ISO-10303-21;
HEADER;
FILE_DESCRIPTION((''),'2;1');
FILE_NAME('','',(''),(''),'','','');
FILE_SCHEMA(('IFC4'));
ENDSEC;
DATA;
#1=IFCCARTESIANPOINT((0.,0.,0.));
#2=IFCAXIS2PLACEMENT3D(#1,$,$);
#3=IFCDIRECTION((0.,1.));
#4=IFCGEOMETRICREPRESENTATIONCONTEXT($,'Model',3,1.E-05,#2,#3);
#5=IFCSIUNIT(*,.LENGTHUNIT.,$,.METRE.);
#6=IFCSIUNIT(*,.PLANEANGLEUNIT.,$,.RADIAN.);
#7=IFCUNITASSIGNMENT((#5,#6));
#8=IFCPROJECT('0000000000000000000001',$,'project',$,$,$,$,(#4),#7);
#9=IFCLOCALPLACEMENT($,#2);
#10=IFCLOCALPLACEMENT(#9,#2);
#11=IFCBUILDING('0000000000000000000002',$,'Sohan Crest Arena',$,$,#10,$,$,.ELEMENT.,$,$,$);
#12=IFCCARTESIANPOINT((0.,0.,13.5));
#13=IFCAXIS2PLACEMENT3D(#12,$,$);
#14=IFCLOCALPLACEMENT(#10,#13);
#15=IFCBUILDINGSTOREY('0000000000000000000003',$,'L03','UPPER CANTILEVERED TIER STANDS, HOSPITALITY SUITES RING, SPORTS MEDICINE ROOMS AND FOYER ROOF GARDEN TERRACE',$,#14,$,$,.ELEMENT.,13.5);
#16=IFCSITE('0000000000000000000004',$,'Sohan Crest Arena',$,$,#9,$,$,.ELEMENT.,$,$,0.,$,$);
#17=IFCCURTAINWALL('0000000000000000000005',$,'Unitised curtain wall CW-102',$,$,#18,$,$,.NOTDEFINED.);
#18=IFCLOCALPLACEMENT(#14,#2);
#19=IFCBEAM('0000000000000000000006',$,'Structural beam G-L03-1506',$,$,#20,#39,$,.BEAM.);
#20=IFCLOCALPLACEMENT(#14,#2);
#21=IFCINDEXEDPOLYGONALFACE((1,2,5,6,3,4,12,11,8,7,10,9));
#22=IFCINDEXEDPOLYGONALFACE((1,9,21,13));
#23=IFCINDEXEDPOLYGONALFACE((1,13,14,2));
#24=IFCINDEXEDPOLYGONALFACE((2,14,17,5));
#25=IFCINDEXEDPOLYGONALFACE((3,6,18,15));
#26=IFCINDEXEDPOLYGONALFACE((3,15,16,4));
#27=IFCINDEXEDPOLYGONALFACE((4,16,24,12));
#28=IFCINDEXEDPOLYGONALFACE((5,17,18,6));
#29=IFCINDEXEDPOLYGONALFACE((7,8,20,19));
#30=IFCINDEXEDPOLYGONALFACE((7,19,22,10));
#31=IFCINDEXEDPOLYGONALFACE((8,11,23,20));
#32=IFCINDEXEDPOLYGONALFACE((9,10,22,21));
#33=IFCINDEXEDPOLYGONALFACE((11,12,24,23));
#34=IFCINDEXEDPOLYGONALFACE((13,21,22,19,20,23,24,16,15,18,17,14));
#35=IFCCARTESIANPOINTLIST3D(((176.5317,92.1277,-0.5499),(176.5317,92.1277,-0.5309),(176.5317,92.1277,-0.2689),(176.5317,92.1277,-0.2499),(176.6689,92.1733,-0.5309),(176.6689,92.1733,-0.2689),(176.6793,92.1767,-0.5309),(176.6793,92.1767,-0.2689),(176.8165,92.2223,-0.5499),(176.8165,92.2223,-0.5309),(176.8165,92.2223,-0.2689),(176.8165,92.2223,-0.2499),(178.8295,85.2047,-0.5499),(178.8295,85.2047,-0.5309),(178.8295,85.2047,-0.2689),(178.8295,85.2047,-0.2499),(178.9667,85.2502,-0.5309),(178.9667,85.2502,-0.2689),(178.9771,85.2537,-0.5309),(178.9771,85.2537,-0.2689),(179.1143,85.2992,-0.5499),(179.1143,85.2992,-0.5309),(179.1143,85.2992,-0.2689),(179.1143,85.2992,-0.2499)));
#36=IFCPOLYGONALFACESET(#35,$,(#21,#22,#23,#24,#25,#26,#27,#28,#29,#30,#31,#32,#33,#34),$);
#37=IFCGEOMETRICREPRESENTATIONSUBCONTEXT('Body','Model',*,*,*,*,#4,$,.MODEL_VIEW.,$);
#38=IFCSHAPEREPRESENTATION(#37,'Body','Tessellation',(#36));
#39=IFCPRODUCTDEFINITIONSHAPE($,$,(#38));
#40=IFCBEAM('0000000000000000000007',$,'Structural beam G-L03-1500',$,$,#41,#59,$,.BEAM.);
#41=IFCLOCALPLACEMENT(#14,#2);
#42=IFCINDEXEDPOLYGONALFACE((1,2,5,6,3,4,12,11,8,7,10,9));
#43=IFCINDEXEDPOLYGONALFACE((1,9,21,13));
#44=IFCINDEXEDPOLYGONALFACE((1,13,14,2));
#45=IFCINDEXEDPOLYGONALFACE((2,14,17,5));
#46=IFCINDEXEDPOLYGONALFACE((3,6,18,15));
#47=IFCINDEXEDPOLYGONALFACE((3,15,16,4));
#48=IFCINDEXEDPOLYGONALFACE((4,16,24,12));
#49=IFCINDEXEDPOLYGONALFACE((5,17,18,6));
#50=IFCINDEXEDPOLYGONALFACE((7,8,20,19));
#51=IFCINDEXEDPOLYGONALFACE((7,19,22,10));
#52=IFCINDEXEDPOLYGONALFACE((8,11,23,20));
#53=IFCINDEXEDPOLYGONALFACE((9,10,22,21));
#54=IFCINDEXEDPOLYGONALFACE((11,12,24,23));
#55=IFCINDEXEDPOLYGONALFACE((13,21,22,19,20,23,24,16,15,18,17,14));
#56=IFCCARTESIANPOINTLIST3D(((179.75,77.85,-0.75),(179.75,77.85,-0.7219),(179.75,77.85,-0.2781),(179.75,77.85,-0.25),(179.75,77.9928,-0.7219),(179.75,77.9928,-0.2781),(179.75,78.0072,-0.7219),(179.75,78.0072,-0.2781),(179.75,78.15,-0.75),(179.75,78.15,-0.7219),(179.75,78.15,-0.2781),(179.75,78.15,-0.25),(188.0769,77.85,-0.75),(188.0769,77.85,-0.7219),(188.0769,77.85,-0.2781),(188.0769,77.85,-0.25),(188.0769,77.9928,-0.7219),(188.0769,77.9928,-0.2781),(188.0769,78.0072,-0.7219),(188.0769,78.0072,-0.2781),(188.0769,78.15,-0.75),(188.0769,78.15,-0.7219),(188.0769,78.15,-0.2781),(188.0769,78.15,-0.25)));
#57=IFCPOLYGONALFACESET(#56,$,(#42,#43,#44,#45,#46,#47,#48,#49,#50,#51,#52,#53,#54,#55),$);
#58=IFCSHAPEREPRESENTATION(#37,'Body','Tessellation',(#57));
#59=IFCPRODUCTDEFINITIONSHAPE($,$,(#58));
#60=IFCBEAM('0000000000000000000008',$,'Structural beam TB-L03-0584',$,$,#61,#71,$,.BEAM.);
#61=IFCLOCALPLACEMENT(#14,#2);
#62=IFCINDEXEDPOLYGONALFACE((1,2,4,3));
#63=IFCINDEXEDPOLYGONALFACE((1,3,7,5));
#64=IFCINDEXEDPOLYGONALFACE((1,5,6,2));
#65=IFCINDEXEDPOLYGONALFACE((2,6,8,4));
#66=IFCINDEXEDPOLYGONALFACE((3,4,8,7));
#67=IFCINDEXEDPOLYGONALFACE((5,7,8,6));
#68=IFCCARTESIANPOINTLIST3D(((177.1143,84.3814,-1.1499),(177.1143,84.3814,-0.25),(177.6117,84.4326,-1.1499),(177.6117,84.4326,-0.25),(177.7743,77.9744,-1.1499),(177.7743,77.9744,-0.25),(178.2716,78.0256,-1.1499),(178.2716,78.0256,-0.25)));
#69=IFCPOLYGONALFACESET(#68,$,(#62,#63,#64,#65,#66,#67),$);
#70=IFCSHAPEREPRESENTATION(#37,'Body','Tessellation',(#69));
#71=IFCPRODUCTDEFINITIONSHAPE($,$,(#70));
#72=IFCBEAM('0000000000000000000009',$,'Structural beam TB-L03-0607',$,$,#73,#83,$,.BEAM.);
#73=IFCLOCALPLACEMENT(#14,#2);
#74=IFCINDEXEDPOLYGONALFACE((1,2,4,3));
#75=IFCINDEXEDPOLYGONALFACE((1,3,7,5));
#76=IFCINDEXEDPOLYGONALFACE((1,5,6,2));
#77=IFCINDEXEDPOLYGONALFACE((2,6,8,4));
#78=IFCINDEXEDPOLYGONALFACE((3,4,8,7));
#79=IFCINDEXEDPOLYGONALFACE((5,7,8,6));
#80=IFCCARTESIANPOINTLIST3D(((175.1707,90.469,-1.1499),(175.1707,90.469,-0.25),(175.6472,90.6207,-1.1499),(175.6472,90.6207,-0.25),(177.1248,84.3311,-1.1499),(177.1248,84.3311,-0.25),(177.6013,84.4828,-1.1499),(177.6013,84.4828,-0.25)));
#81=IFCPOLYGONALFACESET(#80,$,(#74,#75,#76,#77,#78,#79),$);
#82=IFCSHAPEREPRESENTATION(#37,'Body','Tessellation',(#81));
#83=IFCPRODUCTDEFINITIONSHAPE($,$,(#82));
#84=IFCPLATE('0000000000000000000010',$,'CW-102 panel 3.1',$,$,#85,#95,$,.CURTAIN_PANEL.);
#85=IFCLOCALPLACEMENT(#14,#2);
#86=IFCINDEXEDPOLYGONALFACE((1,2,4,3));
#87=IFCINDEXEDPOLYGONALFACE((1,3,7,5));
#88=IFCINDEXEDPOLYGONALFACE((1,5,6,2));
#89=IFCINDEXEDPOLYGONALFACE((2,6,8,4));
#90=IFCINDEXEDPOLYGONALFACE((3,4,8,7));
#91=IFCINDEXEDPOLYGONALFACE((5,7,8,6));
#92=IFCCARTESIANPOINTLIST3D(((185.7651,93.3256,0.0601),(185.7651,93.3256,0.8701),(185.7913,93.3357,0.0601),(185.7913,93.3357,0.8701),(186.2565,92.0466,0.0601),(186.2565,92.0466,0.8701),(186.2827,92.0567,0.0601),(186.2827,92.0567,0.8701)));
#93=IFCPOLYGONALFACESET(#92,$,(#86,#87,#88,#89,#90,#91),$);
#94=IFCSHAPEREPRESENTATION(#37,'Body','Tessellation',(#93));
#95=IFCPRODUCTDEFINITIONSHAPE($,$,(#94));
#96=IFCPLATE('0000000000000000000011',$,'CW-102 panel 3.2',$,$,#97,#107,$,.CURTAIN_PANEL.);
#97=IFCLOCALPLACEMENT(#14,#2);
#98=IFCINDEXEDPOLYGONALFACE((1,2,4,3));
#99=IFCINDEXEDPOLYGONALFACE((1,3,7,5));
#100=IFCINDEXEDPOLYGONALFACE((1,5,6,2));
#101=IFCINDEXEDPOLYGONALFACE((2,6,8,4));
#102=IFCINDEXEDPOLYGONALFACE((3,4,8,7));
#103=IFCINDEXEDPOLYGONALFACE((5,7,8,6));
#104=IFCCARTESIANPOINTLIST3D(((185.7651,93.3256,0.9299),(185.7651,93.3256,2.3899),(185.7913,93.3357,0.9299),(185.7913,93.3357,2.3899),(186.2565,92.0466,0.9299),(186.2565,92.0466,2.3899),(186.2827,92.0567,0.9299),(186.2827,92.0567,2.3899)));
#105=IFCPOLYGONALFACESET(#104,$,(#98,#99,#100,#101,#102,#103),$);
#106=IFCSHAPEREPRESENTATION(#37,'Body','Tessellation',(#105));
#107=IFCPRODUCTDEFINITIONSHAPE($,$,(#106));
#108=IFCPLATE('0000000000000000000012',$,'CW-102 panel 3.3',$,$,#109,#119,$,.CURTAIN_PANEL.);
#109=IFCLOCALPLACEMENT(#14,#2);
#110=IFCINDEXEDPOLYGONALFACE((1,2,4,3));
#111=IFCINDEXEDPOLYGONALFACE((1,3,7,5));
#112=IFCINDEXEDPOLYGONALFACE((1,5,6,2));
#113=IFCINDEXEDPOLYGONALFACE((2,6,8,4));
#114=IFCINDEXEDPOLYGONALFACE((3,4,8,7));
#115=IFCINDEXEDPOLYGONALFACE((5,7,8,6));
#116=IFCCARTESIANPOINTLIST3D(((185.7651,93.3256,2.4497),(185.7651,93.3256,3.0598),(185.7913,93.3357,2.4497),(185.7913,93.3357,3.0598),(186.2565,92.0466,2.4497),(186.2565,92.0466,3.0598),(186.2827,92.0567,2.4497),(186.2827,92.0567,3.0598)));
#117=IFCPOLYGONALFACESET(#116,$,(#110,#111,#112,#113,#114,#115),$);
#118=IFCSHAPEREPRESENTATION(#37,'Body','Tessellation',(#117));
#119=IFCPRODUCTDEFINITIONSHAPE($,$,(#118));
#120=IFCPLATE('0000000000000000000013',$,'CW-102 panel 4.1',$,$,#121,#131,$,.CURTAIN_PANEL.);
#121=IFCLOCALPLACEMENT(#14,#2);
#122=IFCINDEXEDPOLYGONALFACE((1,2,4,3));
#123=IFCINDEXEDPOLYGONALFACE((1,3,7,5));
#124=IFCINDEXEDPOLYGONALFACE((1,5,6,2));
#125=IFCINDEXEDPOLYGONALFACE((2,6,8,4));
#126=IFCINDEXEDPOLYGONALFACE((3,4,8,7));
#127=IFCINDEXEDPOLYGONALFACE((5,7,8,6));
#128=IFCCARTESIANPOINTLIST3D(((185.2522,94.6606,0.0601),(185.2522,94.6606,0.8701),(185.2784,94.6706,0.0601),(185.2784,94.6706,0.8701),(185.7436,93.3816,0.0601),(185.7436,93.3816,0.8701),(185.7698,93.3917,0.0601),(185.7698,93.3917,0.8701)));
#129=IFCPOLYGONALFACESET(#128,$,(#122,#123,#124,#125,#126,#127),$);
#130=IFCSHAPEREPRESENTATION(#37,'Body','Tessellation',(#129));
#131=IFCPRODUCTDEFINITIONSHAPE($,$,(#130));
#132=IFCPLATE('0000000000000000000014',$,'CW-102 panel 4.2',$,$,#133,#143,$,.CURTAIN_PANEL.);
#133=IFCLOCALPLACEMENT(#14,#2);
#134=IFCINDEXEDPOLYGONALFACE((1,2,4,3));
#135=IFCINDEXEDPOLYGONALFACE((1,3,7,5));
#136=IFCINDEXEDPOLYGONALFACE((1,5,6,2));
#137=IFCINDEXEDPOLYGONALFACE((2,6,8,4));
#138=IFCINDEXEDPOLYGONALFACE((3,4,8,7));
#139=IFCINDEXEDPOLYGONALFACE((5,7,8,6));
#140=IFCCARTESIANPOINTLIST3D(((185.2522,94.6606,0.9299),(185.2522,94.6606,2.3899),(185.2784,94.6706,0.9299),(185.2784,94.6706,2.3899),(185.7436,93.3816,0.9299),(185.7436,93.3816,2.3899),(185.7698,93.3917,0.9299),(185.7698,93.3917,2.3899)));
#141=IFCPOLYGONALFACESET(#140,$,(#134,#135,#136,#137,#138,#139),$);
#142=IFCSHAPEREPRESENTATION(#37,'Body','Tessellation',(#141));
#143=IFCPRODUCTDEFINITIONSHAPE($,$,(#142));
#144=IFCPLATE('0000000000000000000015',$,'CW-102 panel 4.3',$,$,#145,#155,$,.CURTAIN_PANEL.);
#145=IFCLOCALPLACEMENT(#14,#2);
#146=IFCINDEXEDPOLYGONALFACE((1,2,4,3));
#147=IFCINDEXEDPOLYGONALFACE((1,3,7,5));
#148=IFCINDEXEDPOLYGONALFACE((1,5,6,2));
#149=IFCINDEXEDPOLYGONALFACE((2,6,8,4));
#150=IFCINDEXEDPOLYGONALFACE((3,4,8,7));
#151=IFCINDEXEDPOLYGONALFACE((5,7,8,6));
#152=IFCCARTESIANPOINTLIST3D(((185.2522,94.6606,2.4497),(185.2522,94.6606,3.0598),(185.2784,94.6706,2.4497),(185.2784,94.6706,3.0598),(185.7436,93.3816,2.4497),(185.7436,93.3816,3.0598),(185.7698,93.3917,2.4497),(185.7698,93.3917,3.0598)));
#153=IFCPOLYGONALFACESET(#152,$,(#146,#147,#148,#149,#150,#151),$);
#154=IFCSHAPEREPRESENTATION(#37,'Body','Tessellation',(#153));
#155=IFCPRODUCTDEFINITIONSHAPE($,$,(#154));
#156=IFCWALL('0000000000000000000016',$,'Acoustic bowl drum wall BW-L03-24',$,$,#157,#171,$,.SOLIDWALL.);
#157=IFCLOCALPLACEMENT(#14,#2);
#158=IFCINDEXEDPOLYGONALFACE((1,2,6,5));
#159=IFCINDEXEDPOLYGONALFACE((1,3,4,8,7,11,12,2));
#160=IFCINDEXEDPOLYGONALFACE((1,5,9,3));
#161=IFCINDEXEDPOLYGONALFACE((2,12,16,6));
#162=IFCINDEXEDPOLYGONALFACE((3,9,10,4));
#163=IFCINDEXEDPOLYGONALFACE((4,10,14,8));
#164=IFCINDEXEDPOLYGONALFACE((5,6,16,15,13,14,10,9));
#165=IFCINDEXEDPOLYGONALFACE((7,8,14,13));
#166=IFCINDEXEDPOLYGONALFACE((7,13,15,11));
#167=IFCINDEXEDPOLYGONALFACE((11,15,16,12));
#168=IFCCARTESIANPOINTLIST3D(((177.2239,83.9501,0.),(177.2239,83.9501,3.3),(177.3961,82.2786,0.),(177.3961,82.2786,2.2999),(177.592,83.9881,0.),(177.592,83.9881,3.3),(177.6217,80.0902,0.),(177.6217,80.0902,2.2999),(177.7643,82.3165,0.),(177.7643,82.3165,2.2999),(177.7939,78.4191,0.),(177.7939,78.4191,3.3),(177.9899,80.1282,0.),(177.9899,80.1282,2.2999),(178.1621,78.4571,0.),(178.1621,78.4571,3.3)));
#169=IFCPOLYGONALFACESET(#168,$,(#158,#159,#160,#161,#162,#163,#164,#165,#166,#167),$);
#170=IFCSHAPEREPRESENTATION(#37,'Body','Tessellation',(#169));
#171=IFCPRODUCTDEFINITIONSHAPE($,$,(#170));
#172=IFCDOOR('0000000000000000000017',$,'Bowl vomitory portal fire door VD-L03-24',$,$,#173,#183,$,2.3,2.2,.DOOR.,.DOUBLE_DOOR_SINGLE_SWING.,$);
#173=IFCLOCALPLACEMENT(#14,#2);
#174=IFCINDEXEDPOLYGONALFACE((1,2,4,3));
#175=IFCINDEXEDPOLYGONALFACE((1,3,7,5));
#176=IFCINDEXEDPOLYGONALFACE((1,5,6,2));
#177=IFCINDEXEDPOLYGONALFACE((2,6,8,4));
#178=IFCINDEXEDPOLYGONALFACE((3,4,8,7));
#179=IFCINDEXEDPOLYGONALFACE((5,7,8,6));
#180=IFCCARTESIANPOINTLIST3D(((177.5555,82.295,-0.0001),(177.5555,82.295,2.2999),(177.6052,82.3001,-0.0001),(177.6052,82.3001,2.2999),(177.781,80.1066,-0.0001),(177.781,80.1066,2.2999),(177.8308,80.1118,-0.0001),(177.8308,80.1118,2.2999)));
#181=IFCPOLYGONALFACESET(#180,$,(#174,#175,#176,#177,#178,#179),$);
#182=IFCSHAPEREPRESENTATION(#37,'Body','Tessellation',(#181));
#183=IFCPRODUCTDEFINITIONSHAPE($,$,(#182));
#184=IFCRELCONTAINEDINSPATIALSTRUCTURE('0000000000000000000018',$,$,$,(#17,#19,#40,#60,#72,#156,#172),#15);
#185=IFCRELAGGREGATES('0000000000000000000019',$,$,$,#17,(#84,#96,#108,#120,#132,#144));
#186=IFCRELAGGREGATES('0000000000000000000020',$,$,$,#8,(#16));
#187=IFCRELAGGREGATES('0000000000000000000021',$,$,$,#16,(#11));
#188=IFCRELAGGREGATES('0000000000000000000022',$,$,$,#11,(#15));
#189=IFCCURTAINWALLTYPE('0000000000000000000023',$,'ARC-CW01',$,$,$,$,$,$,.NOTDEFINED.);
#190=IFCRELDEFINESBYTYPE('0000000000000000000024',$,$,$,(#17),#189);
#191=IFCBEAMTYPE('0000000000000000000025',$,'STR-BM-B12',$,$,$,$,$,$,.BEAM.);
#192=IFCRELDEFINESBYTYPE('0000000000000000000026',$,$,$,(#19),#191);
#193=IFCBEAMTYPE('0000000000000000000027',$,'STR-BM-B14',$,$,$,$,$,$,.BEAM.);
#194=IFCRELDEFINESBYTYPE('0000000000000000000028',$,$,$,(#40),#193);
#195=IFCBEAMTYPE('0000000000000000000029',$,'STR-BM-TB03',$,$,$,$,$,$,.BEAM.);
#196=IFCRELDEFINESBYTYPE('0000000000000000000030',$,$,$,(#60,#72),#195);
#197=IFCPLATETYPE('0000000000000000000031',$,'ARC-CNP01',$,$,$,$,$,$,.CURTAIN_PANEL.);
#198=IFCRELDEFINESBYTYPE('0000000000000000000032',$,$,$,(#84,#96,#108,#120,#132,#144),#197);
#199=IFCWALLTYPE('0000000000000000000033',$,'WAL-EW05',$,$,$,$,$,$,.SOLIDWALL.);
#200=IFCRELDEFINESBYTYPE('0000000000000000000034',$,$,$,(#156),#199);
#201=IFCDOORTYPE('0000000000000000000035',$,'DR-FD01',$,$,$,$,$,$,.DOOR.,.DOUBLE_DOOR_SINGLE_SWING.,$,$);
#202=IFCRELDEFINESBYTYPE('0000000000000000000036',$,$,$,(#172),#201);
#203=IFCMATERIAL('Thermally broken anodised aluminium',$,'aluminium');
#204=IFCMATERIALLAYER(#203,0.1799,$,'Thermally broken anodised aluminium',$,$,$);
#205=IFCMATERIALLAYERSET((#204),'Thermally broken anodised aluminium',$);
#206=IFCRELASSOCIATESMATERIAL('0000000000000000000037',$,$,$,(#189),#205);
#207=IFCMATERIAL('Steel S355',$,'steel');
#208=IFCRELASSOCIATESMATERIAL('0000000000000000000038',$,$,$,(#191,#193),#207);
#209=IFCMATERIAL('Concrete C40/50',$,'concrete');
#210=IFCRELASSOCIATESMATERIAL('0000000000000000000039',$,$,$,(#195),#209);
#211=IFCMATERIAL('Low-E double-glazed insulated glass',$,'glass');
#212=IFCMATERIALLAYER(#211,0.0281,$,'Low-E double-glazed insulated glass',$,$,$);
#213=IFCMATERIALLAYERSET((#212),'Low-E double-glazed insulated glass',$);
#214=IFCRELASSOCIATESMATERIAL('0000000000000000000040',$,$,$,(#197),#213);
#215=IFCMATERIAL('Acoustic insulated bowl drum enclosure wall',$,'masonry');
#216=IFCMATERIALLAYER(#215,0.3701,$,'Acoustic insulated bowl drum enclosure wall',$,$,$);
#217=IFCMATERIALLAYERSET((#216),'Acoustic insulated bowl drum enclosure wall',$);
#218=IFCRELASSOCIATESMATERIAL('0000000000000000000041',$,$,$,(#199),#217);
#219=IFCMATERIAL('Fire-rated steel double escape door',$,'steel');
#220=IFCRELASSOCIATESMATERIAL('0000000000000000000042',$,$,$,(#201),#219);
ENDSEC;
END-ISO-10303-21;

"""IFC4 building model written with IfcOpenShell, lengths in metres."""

from ifc_helpers import new_model, si_unit, direction, frame, frame_2d, origin, origin_2d, place, context, subcontext, project, spatial, rectangle, i_section, extrude, material, layer, layer_set, material_profile, profile_set, type_object, element, fill, aggregate, save


model = new_model("IFC4")

# Units and contexts
model_context = context("Model", 3, precision=1e-05, world=origin(), true_north=direction((0.0, 1.0)))
body_context = subcontext(model_context, "Body", "Model", "MODEL_VIEW")
ifc_project = project(units=[si_unit("LENGTHUNIT", "METRE"), si_unit("PLANEANGLEUNIT", "RADIAN")], contexts=[model_context])

# Site, building, storey
site_placement = place(None, origin())
site = spatial("IfcSite", under=ifc_project, at=site_placement, Name="Sohan Crest Arena", CompositionType="ELEMENT", RefElevation=0.0)
building_placement = place(site_placement, origin())
building = spatial("IfcBuilding", under=site, at=building_placement, Name="Sohan Crest Arena", CompositionType="ELEMENT")
storey_placement = place(building_placement, frame((0.0, 0.0, 13.5)))
storey = spatial("IfcBuildingStorey", under=building, at=storey_placement, Name="L03", Description="UPPER CANTILEVERED TIER STANDS, HOSPITALITY SUITES RING, SPORTS MEDICINE ROOMS AND FOYER ROOF GARDEN TERRACE", CompositionType="ELEMENT", Elevation=13.5)

# Shared definitions
ifc_material_1 = material(Name="Concrete C40/50", Category="concrete")
ifc_material_2 = material(Name="Steel S355", Category="steel")

# Curtain wall
ifc_material_3 = material(Name="Thermally broken anodised aluminium", Category="aluminium")
ifc_layer_1 = layer(ifc_material_3, 0.1799, Name="Thermally broken anodised aluminium")
ifc_layer_set_1 = layer_set([ifc_layer_1], Name="Thermally broken anodised aluminium")
curtain_wall_type = type_object("IfcCurtainWallType", Name="ARC-CW01", PredefinedType="NOTDEFINED", material=ifc_layer_set_1)
curtain_wall_placement = place(storey_placement, origin())
curtain_wall = element("IfcCurtainWall", 1, at=curtain_wall_placement, inside=storey, type_object=curtain_wall_type, Name="Unitised curtain wall CW-102", PredefinedType="NOTDEFINED")

# Beams
ifc_material_profile_1 = material_profile(ifc_material_2, i_section(OverallWidth=0.3, OverallDepth=0.3, WebThickness=0.011, FlangeThickness=0.019, at=origin_2d()), Name="HEB 300")
ifc_profile_set_1 = profile_set([ifc_material_profile_1], Name="Steel S355")
beam_type_1 = type_object("IfcBeamType", Name="STR-BM-B12", PredefinedType="BEAM", material=ifc_profile_set_1)
beam_1_placement = place(storey_placement, frame((178.9719, 85.252, -0.3999), z_axis=(-0.315013, 0.949087, 0.0), x_axis=(-0.949087, -0.315013, 0.0)))
element("IfcBeam", 2, at=beam_1_placement, inside=storey, type_object=beam_type_1, Name="Structural beam G-L03-1506", PredefinedType="BEAM", context=body_context, shape_type="SweptSolid", body=[
    extrude(i_section(OverallWidth=0.3, OverallDepth=0.3, WebThickness=0.011, FlangeThickness=0.019, at=origin_2d()), origin(), (0.0, 0.0, 1.0), 7.2944),
])
ifc_material_profile_2 = material_profile(ifc_material_2, i_section(OverallWidth=0.3, OverallDepth=0.5, WebThickness=0.0144, FlangeThickness=0.0281, at=origin_2d()), Name="HEB 500")
ifc_profile_set_2 = profile_set([ifc_material_profile_2], Name="Steel S355")
beam_type_2 = type_object("IfcBeamType", Name="STR-BM-B14", PredefinedType="BEAM", material=ifc_profile_set_2)
beam_2_placement = place(storey_placement, frame((179.75, 78.0, -0.5), z_axis=(1.0, 0.0, 0.0), x_axis=(0.0, 1.0, 0.0)))
element("IfcBeam", 3, at=beam_2_placement, inside=storey, type_object=beam_type_2, Name="Structural beam G-L03-1500", PredefinedType="BEAM", context=body_context, shape_type="SweptSolid", body=[
    extrude(i_section(OverallWidth=0.3, OverallDepth=0.5, WebThickness=0.0144, FlangeThickness=0.0281, at=origin_2d()), origin(), (0.0, 0.0, 1.0), 8.3269),
])
ifc_material_profile_3 = material_profile(ifc_material_1, rectangle(XDim=0.5, YDim=0.8999, at=origin_2d()), Name="RC-BM 500x900")
ifc_profile_set_3 = profile_set([ifc_material_profile_3], Name="Concrete C40/50")
beam_type_3 = type_object("IfcBeamType", Name="STR-BM-TB03", PredefinedType="BEAM", material=ifc_profile_set_3)
beam_3_placement = place(storey_placement, frame((178.0229, 78.0, -0.7), z_axis=(-0.102457, 0.994737, 0.0), x_axis=(-0.994737, -0.102457, 0.0)))
element("IfcBeam", 4, at=beam_3_placement, inside=storey, type_object=beam_type_3, Name="Structural beam TB-L03-0584", PredefinedType="BEAM", context=body_context, shape_type="SweptSolid", body=[
    extrude(rectangle(XDim=0.5, YDim=0.8999, at=origin_2d()), origin(), (0.0, 0.0, 1.0), 6.4409),
])
beam_4_placement = place(storey_placement, frame((177.363, 84.407, -0.7), z_axis=(-0.303362, 0.952875, 0.0), x_axis=(-0.952875, -0.303362, 0.0)))
element("IfcBeam", 5, at=beam_4_placement, inside=storey, type_object=beam_type_3, Name="Structural beam TB-L03-0607", PredefinedType="BEAM", context=body_context, shape_type="SweptSolid", body=[
    extrude(rectangle(XDim=0.5, YDim=0.8999, at=origin_2d()), origin(), (0.0, 0.0, 1.0), 6.4414),
])

# Plates
ifc_material_4 = material(Name="Low-E double-glazed insulated glass", Category="glass")
ifc_layer_2 = layer(ifc_material_4, 0.0281, Name="Low-E double-glazed insulated glass")
ifc_layer_set_2 = layer_set([ifc_layer_2], Name="Low-E double-glazed insulated glass")
plate_type = type_object("IfcPlateType", Name="ARC-CNP01", PredefinedType="CURTAIN_PANEL", material=ifc_layer_set_2)
plate_1_placement = place(storey_placement, frame((186.0239, 92.6912, 0.0601), z_axis=(0.0, 0.0, 1.0), x_axis=(-0.358651, 0.933472, 0.0)))
plate_1 = element("IfcPlate", 6, at=plate_1_placement, type_object=plate_type, Name="CW-102 panel 3.1", PredefinedType="CURTAIN_PANEL", context=body_context, shape_type="SweptSolid", body=[
    extrude(rectangle(XDim=1.3701, YDim=0.0281, at=origin_2d()), origin(), (0.0, 0.0, 1.0), 0.8101),
])
plate_2_placement = place(storey_placement, frame((186.0239, 92.6912, 0.9299), z_axis=(0.0, 0.0, 1.0), x_axis=(-0.358651, 0.933472, 0.0)))
plate_2 = element("IfcPlate", 7, at=plate_2_placement, type_object=plate_type, Name="CW-102 panel 3.2", PredefinedType="CURTAIN_PANEL", context=body_context, shape_type="SweptSolid", body=[
    extrude(rectangle(XDim=1.3701, YDim=0.0281, at=origin_2d()), origin(), (0.0, 0.0, 1.0), 1.46),
])
plate_3_placement = place(storey_placement, frame((186.0239, 92.6912, 2.4497), z_axis=(0.0, 0.0, 1.0), x_axis=(-0.358651, 0.933472, 0.0)))
plate_3 = element("IfcPlate", 8, at=plate_3_placement, type_object=plate_type, Name="CW-102 panel 3.3", PredefinedType="CURTAIN_PANEL", context=body_context, shape_type="SweptSolid", body=[
    extrude(rectangle(XDim=1.3701, YDim=0.0281, at=origin_2d()), origin(), (0.0, 0.0, 1.0), 0.6101),
])
plate_4_placement = place(storey_placement, frame((185.511, 94.0261, 0.0601), z_axis=(0.0, 0.0, 1.0), x_axis=(-0.358651, 0.933472, 0.0)))
plate_4 = element("IfcPlate", 9, at=plate_4_placement, type_object=plate_type, Name="CW-102 panel 4.1", PredefinedType="CURTAIN_PANEL", context=body_context, shape_type="SweptSolid", body=[
    extrude(rectangle(XDim=1.3701, YDim=0.0281, at=origin_2d()), origin(), (0.0, 0.0, 1.0), 0.8101),
])
plate_5_placement = place(storey_placement, frame((185.511, 94.0261, 0.9299), z_axis=(0.0, 0.0, 1.0), x_axis=(-0.358651, 0.933472, 0.0)))
plate_5 = element("IfcPlate", 10, at=plate_5_placement, type_object=plate_type, Name="CW-102 panel 4.2", PredefinedType="CURTAIN_PANEL", context=body_context, shape_type="SweptSolid", body=[
    extrude(rectangle(XDim=1.3701, YDim=0.0281, at=origin_2d()), origin(), (0.0, 0.0, 1.0), 1.46),
])
plate_6_placement = place(storey_placement, frame((185.511, 94.0261, 2.4497), z_axis=(0.0, 0.0, 1.0), x_axis=(-0.358651, 0.933472, 0.0)))
plate_6 = element("IfcPlate", 11, at=plate_6_placement, type_object=plate_type, Name="CW-102 panel 4.3", PredefinedType="CURTAIN_PANEL", context=body_context, shape_type="SweptSolid", body=[
    extrude(rectangle(XDim=1.3701, YDim=0.0281, at=origin_2d()), origin(), (0.0, 0.0, 1.0), 0.6101),
])
aggregate(curtain_wall, [plate_1, plate_2, plate_3, plate_4, plate_5, plate_6])

# Wall, opening, door
ifc_material_5 = material(Name="Acoustic insulated bowl drum enclosure wall", Category="masonry")
ifc_layer_3 = layer(ifc_material_5, 0.3701, Name="Acoustic insulated bowl drum enclosure wall")
ifc_layer_set_3 = layer_set([ifc_layer_3], Name="Acoustic insulated bowl drum enclosure wall")
wall_type = type_object("IfcWallType", Name="WAL-EW05", PredefinedType="SOLIDWALL", material=ifc_layer_set_3)
wall_placement = place(storey_placement, frame((177.978, 78.438, 0.0), z_axis=(0.0, 0.0, 1.0), x_axis=(-0.102525, 0.99473, 0.0)))
wall = element("IfcWall", 12, at=wall_placement, inside=storey, type_object=wall_type, Name="Acoustic bowl drum wall BW-L03-24", PredefinedType="SOLIDWALL", context=body_context, shape_type="SweptSolid", body=[
    extrude(rectangle(XDim=5.5603, YDim=0.3701, at=frame_2d((2.7803, 0.0))), origin(), (0.0, 0.0, 1.0), 3.3),
])
opening_placement = place(wall_placement, frame((1.6799, 0.0, 0.0)))
opening = element("IfcOpeningElement", 13, at=opening_placement, cuts=wall, PredefinedType="OPENING", context=body_context, shape_type="SweptSolid", body=[
    extrude(rectangle(XDim=2.2, YDim=2.3, at=frame_2d((1.1001, 1.1499))), frame((0.0, 0.1951, 0.0), z_axis=(0.0, -1.0, 0.0), x_axis=(1.0, 0.0, 0.0)), (0.0, 0.0, 1.0), 0.3901),
])
ifc_material_6 = material(Name="Fire-rated steel double escape door", Category="steel")
door_type = type_object("IfcDoorType", Name="DR-FD01", OperationType="DOUBLE_DOOR_SINGLE_SWING", PredefinedType="DOOR", material=ifc_material_6)
door_placement = place(opening_placement, origin())
door = element("IfcDoor", 14, at=door_placement, inside=storey, type_object=door_type, Name="Bowl vomitory portal fire door VD-L03-24", OperationType="DOUBLE_DOOR_SINGLE_SWING", OverallHeight=2.3, OverallWidth=2.2, PredefinedType="DOOR", context=body_context, shape_type="SweptSolid", body=[
    extrude(rectangle(XDim=2.2, YDim=2.3, at=frame_2d((1.1001, 1.1499))), frame((0.0, 0.0249, 0.0), z_axis=(0.0, -1.0, 0.0), x_axis=(1.0, 0.0, 0.0)), (0.0, 0.0, 1.0), 0.05),
])
fill(opening, door)

save(model, "model.ifc")
